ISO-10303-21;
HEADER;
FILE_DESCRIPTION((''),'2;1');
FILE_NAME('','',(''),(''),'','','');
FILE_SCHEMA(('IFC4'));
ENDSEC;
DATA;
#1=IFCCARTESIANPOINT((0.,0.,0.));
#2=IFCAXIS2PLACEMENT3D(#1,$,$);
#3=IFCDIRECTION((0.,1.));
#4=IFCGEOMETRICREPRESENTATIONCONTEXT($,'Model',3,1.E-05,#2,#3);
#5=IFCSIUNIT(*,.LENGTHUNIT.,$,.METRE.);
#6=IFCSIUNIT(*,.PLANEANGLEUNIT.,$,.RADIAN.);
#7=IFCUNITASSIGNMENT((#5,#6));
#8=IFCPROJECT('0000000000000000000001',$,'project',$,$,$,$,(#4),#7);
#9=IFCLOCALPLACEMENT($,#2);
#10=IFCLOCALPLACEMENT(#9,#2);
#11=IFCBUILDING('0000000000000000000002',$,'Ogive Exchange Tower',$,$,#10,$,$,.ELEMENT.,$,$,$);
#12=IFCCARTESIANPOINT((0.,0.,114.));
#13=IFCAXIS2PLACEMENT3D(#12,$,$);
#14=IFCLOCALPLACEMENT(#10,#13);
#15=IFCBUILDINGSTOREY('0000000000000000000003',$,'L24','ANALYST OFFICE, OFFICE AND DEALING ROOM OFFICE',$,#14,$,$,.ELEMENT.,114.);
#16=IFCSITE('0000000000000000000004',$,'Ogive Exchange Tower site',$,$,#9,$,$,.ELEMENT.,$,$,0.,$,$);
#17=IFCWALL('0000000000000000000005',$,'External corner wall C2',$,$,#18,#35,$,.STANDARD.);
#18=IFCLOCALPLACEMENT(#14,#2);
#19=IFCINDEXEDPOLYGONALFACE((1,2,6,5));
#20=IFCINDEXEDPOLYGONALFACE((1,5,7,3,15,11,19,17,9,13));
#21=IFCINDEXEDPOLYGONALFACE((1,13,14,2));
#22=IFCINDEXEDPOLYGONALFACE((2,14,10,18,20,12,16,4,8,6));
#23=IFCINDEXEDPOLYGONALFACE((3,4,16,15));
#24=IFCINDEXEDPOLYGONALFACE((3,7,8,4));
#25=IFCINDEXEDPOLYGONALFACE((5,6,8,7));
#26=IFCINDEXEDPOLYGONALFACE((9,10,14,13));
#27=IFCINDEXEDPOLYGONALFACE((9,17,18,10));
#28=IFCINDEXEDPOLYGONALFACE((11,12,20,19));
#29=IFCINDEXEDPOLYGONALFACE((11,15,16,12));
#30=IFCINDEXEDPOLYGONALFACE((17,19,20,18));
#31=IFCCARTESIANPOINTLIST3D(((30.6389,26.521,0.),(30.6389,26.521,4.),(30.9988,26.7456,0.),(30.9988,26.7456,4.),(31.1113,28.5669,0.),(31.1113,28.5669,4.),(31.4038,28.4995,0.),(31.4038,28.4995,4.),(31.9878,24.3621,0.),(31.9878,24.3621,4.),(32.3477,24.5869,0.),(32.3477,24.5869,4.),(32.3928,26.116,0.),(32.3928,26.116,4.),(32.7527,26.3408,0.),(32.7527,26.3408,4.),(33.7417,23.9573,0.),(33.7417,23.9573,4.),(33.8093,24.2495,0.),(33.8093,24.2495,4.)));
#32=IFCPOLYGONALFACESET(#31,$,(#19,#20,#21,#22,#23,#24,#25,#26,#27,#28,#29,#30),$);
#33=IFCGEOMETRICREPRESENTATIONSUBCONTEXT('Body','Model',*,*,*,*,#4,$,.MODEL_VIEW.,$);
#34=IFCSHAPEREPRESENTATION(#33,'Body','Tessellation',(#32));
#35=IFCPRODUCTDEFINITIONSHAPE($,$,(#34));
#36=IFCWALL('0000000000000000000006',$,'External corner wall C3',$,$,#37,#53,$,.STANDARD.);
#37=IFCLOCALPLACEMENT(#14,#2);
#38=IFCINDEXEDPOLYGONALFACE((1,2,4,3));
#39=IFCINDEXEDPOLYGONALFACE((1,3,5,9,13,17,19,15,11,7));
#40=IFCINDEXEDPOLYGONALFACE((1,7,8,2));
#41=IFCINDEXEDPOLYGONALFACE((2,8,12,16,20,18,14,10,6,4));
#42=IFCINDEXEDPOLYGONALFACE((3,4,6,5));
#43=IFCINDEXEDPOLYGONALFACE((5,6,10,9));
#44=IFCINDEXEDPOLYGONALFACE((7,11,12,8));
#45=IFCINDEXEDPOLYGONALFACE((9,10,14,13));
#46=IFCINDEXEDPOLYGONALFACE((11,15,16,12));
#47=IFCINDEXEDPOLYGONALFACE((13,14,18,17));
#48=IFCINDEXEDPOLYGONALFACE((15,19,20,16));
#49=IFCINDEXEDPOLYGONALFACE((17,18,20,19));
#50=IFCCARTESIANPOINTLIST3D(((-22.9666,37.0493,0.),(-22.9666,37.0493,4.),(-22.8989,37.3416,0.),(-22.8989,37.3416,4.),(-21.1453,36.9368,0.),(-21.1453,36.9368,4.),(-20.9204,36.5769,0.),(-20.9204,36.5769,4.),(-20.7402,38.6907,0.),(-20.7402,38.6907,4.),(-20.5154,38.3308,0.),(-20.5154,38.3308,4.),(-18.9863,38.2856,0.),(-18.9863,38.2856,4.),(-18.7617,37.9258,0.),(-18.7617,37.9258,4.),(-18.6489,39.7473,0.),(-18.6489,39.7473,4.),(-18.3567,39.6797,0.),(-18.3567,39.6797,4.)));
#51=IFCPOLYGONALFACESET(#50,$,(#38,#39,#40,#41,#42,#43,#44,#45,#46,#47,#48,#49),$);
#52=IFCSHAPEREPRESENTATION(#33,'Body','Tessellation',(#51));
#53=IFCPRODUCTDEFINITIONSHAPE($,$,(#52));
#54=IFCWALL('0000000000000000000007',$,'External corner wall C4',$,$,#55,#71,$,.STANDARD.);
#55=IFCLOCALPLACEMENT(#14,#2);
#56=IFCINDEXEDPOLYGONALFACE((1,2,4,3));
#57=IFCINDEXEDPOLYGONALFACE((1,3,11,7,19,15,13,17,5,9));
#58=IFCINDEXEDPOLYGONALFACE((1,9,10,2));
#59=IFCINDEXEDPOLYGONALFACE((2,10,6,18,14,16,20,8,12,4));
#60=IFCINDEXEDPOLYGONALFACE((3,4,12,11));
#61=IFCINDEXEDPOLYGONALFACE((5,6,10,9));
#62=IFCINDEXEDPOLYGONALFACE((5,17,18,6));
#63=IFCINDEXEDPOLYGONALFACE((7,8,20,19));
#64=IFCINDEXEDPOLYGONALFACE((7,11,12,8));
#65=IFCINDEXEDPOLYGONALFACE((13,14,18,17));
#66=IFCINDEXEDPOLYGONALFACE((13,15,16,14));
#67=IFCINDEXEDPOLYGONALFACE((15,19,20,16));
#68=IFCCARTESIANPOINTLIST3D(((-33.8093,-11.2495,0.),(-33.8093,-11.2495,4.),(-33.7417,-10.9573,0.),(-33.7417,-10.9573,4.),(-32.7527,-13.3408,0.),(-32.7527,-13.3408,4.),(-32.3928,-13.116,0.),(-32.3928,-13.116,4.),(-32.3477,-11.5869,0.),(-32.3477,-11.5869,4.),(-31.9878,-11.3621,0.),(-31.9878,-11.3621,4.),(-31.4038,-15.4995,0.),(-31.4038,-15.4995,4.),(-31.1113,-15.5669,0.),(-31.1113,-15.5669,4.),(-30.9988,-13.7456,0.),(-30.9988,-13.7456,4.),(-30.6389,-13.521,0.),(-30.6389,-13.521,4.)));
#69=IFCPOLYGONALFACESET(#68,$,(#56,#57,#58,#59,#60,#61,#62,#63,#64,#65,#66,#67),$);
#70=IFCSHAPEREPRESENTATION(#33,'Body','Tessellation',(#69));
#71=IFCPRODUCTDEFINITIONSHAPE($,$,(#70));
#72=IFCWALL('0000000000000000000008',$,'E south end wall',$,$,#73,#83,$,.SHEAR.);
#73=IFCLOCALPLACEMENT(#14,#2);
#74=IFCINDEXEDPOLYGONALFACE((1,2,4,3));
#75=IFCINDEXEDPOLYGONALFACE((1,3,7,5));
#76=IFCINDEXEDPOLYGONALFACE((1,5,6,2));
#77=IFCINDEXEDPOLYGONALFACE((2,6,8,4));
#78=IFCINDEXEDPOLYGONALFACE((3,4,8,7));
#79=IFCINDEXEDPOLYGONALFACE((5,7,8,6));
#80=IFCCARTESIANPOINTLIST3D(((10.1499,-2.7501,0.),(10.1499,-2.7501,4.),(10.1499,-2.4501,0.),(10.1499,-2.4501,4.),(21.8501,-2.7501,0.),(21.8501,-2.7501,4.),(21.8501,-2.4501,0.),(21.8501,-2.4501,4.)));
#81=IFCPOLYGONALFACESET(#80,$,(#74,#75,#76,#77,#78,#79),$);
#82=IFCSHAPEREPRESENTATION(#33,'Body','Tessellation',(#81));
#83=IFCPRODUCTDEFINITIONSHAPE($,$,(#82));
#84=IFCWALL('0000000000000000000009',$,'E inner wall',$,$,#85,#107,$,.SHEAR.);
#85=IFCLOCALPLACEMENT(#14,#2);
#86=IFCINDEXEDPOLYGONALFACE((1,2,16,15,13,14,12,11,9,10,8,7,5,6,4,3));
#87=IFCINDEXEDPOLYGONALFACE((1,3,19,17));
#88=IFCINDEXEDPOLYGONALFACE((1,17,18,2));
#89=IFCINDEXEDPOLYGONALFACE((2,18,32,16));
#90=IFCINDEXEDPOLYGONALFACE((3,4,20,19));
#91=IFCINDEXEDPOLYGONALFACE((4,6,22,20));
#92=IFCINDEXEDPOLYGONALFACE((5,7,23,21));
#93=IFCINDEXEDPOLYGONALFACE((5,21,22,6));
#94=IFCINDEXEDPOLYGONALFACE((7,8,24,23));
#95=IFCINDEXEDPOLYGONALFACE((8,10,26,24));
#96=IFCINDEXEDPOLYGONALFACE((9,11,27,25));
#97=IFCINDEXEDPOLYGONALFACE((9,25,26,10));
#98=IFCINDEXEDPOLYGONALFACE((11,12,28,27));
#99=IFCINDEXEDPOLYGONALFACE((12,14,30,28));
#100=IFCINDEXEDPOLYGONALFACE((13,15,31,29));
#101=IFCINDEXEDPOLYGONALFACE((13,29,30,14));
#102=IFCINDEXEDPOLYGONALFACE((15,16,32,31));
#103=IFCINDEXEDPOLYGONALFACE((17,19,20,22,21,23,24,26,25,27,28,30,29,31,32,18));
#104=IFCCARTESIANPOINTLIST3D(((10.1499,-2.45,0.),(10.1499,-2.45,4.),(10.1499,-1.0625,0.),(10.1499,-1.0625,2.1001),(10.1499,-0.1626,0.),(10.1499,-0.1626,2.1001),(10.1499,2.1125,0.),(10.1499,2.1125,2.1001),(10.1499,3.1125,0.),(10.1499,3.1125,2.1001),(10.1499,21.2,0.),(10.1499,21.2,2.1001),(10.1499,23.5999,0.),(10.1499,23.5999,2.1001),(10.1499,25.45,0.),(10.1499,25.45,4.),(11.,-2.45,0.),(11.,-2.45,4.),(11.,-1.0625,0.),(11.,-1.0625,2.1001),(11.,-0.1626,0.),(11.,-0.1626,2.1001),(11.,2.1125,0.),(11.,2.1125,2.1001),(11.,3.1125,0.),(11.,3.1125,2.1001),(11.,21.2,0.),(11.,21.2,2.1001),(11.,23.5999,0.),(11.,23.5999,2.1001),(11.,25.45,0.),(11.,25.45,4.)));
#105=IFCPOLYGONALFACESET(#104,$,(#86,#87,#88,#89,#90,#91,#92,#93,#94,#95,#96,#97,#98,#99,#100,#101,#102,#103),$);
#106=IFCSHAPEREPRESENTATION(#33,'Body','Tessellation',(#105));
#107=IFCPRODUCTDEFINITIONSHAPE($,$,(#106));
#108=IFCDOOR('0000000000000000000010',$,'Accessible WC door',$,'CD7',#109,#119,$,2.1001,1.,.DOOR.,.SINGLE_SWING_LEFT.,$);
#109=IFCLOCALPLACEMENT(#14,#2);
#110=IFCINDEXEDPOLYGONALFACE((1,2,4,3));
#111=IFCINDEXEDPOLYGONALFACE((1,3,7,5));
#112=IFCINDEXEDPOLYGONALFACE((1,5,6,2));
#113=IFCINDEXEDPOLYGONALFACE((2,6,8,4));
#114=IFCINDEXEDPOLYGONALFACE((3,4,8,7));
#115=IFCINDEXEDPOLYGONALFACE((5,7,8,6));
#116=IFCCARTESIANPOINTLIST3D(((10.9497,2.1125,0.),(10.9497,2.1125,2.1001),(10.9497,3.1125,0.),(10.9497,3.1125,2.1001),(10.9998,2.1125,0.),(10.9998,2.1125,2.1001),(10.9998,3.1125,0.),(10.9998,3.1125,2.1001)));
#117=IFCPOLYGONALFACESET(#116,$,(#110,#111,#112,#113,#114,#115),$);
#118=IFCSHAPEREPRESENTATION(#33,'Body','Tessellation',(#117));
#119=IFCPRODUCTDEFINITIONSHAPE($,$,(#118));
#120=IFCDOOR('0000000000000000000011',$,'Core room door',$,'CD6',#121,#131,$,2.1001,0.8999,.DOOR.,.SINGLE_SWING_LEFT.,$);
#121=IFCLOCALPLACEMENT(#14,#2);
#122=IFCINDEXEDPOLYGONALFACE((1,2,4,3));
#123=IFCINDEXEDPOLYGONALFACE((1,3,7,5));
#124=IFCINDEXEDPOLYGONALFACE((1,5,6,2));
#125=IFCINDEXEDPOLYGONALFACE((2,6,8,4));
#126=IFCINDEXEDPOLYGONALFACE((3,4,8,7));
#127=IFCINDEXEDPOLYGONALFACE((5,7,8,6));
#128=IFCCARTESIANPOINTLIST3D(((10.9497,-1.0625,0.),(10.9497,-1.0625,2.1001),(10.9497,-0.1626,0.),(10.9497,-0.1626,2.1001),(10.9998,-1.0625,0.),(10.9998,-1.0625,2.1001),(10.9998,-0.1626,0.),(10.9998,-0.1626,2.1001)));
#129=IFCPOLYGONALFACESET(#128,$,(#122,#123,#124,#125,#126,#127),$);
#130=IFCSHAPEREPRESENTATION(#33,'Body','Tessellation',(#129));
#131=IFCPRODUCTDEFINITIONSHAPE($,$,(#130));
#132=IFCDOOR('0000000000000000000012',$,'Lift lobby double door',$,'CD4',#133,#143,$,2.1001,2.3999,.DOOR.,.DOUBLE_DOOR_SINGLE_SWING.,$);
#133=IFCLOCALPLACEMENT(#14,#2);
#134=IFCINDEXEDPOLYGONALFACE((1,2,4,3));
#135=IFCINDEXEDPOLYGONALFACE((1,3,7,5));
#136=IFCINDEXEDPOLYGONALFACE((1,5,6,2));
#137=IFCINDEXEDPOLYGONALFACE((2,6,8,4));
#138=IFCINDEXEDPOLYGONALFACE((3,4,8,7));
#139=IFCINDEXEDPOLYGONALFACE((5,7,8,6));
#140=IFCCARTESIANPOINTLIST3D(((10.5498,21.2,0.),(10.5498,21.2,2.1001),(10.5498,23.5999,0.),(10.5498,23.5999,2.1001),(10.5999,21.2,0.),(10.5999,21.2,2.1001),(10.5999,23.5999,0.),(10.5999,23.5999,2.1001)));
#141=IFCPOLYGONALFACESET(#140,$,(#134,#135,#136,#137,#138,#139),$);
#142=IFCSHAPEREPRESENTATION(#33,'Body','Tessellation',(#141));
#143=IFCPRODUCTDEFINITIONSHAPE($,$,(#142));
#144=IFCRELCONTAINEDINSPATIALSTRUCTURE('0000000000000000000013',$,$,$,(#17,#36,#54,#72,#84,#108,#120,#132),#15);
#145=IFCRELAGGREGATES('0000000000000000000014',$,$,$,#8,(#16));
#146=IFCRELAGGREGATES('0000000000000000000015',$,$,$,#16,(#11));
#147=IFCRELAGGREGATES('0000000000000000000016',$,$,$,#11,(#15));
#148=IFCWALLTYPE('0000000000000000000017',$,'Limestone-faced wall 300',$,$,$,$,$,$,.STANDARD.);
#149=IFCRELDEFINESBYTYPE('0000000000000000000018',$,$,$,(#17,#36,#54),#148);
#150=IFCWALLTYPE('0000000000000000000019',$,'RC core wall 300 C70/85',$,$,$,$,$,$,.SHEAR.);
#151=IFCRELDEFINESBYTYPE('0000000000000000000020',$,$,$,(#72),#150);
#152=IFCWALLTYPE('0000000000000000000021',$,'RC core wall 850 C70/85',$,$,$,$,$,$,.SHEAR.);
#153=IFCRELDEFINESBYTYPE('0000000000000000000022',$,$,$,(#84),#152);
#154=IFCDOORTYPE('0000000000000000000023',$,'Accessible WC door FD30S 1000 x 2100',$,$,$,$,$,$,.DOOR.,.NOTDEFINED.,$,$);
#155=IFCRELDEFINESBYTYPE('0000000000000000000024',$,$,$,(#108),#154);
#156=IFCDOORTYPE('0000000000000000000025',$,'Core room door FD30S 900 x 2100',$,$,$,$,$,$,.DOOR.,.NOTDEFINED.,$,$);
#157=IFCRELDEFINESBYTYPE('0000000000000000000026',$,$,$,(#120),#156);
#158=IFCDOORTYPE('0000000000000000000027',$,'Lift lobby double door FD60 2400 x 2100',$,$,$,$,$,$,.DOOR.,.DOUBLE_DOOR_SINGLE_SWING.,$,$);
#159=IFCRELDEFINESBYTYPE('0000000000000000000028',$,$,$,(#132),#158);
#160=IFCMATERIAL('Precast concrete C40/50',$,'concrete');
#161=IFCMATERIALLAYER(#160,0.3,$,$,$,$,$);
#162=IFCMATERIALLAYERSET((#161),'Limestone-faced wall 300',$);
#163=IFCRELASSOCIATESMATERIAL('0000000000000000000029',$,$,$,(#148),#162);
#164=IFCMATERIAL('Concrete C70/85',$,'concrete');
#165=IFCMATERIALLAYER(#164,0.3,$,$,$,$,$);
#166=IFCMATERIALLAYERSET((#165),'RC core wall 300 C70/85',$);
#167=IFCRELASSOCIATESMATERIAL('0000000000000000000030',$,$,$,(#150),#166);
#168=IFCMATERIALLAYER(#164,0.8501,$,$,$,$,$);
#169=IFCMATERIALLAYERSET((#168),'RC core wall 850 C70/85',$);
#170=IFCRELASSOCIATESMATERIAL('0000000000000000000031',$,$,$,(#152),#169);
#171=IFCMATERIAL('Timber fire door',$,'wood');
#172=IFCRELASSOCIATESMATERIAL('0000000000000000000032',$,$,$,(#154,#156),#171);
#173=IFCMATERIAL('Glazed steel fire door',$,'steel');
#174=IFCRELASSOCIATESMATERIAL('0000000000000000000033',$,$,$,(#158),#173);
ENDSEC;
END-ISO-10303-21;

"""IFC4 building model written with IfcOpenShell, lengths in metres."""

from ifc_helpers import new_model, si_unit, direction, frame, frame_2d, origin, place, context, subcontext, project, spatial, polyline, rectangle, outline, extrude, material, layer, layer_set, type_object, element, fill, save


model = new_model("IFC4")

# Units and contexts
model_context = context("Model", 3, precision=1e-05, world=origin(), true_north=direction((0.0, 1.0)))
body_context = subcontext(model_context, "Body", "Model", "MODEL_VIEW")
ifc_project = project(units=[si_unit("LENGTHUNIT", "METRE"), si_unit("PLANEANGLEUNIT", "RADIAN")], contexts=[model_context])

# Site, building, storey
site_placement = place(None, origin())
site = spatial("IfcSite", under=ifc_project, at=site_placement, Name="Ogive Exchange Tower site", CompositionType="ELEMENT", RefElevation=0.0)
building_placement = place(site_placement, origin())
building = spatial("IfcBuilding", under=site, at=building_placement, Name="Ogive Exchange Tower", CompositionType="ELEMENT")
storey_placement = place(building_placement, frame((0.0, 0.0, 114.0)))
storey = spatial("IfcBuildingStorey", under=building, at=storey_placement, Name="L24", Description="ANALYST OFFICE, OFFICE AND DEALING ROOM OFFICE", CompositionType="ELEMENT", Elevation=114.0)

# Shared definitions
ifc_material_1 = material(Name="Concrete C70/85", Category="concrete")

# Walls
ifc_material_2 = material(Name="Precast concrete C40/50", Category="concrete")
ifc_layer_1 = layer(ifc_material_2, 0.3)
ifc_layer_set_1 = layer_set([ifc_layer_1], Name="Limestone-faced wall 300")
wall_type_1 = type_object("IfcWallType", Name="Limestone-faced wall 300", PredefinedType="STANDARD", material=ifc_layer_set_1)
wall_1_placement = place(storey_placement, origin())
element("IfcWall", 1, at=wall_1_placement, inside=storey, type_object=wall_type_1, Name="External corner wall C2", PredefinedType="STANDARD", context=body_context, shape_type="SweptSolid", body=[
    extrude(outline(polyline([(32.3928, 26.116), (30.6389, 26.521), (31.1113, 28.5669), (31.4038, 28.4995), (30.9988, 26.7456), (32.7527, 26.3408), (32.3477, 24.5869), (33.8093, 24.2495), (33.7417, 23.9573), (31.9878, 24.3621), (32.3928, 26.116)])), origin(), (0.0, 0.0, 1.0), 4.0),
])
wall_2_placement = place(storey_placement, origin())
element("IfcWall", 2, at=wall_2_placement, inside=storey, type_object=wall_type_1, Name="External corner wall C3", PredefinedType="STANDARD", context=body_context, shape_type="SweptSolid", body=[
    extrude(outline(polyline([(-22.9666, 37.0493), (-22.8989, 37.3416), (-21.1453, 36.9368), (-20.7402, 38.6907), (-18.9863, 38.2856), (-18.6489, 39.7473), (-18.3567, 39.6797), (-18.7617, 37.9258), (-20.5154, 38.3308), (-20.9204, 36.5769), (-22.9666, 37.0493)])), origin(), (0.0, 0.0, 1.0), 4.0),
])
wall_3_placement = place(storey_placement, origin())
element("IfcWall", 3, at=wall_3_placement, inside=storey, type_object=wall_type_1, Name="External corner wall C4", PredefinedType="STANDARD", context=body_context, shape_type="SweptSolid", body=[
    extrude(outline(polyline([(-32.3928, -13.116), (-30.6389, -13.521), (-31.1113, -15.5669), (-31.4038, -15.4995), (-30.9988, -13.7456), (-32.7527, -13.3408), (-32.3477, -11.5869), (-33.8093, -11.2495), (-33.7417, -10.9573), (-31.9878, -11.3621), (-32.3928, -13.116)])), origin(), (0.0, 0.0, 1.0), 4.0),
])
ifc_layer_2 = layer(ifc_material_1, 0.3)
ifc_layer_set_2 = layer_set([ifc_layer_2], Name="RC core wall 300 C70/85")
wall_type_2 = type_object("IfcWallType", Name="RC core wall 300 C70/85", PredefinedType="SHEAR", material=ifc_layer_set_2)
wall_4_placement = place(storey_placement, frame((10.1499, -2.6001, 0.0), z_axis=(0.0, 0.0, 1.0), x_axis=(1.0, 0.0, 0.0)))
element("IfcWall", 4, at=wall_4_placement, inside=storey, type_object=wall_type_2, Name="E south end wall", PredefinedType="SHEAR", context=body_context, shape_type="SweptSolid", body=[
    extrude(rectangle(XDim=11.7002, YDim=0.3, at=frame_2d((5.8501, 0.0))), origin(), (0.0, 0.0, 1.0), 4.0),
])

# Wall, openings, doors
ifc_layer_3 = layer(ifc_material_1, 0.8501)
ifc_layer_set_3 = layer_set([ifc_layer_3], Name="RC core wall 850 C70/85")
wall_type_3 = type_object("IfcWallType", Name="RC core wall 850 C70/85", PredefinedType="SHEAR", material=ifc_layer_set_3)
wall_5_placement = place(storey_placement, frame((10.575, -2.45, 0.0), z_axis=(0.0, 0.0, 1.0), x_axis=(0.0, 1.0, 0.0)))
wall_5 = element("IfcWall", 5, at=wall_5_placement, inside=storey, type_object=wall_type_3, Name="E inner wall", PredefinedType="SHEAR", context=body_context, shape_type="SweptSolid", body=[
    extrude(rectangle(XDim=27.8999, YDim=0.8501, at=frame_2d((13.95, 0.0))), origin(), (0.0, 0.0, 1.0), 4.0),
])
opening_1_placement = place(wall_5_placement, frame((23.6499, 0.0, 0.0)))
opening_1 = element("IfcOpeningElement", 6, at=opening_1_placement, cuts=wall_5, PredefinedType="OPENING", context=body_context, shape_type="SweptSolid", body=[
    extrude(rectangle(XDim=2.3999, YDim=2.1001, at=frame_2d((1.2, 1.05))), frame((0.0, 0.4351, 0.0), z_axis=(0.0, -1.0, 0.0), x_axis=(1.0, 0.0, 0.0)), (0.0, 0.0, 1.0), 0.8701),
])
opening_2_placement = place(wall_5_placement, frame((1.3875, 0.0, 0.0)))
opening_2 = element("IfcOpeningElement", 7, at=opening_2_placement, cuts=wall_5, PredefinedType="OPENING", context=body_context, shape_type="SweptSolid", body=[
    extrude(rectangle(XDim=0.8999, YDim=2.1001, at=frame_2d((0.45, 1.05))), frame((0.0, 0.4351, 0.0), z_axis=(0.0, -1.0, 0.0), x_axis=(1.0, 0.0, 0.0)), (0.0, 0.0, 1.0), 0.8701),
])
opening_3_placement = place(wall_5_placement, frame((4.5625, 0.0, 0.0)))
opening_3 = element("IfcOpeningElement", 8, at=opening_3_placement, cuts=wall_5, PredefinedType="OPENING", context=body_context, shape_type="SweptSolid", body=[
    extrude(rectangle(XDim=1.0, YDim=2.1001, at=frame_2d((0.5, 1.05))), frame((0.0, 0.4351, 0.0), z_axis=(0.0, -1.0, 0.0), x_axis=(1.0, 0.0, 0.0)), (0.0, 0.0, 1.0), 0.8701),
])
ifc_material_3 = material(Name="Timber fire door", Category="wood")
door_type_1 = type_object("IfcDoorType", Name="Accessible WC door FD30S 1000 x 2100", OperationType="NOTDEFINED", PredefinedType="DOOR", material=ifc_material_3)
door_1_placement = place(opening_3_placement, frame((1.0, -0.7998, 0.0), z_axis=(0.0, 0.0, 1.0), x_axis=(-1.0, 0.0, 0.0)))
door_1 = element("IfcDoor", 9, at=door_1_placement, inside=storey, type_object=door_type_1, Name="Accessible WC door", ObjectType="CD7", OperationType="SINGLE_SWING_LEFT", OverallHeight=2.1001, OverallWidth=1.0, PredefinedType="DOOR", context=body_context, shape_type="SweptSolid", body=[
    extrude(rectangle(XDim=1.0, YDim=2.1001, at=frame_2d((0.5, 1.05))), frame((0.0, -0.375, 0.0), z_axis=(0.0, -1.0, 0.0), x_axis=(1.0, 0.0, 0.0)), (0.0, 0.0, 1.0), 0.05),
])
fill(opening_3, door_1)
door_type_2 = type_object("IfcDoorType", Name="Core room door FD30S 900 x 2100", OperationType="NOTDEFINED", PredefinedType="DOOR", material=ifc_material_3)
door_2_placement = place(opening_2_placement, frame((0.8999, -0.7998, 0.0), z_axis=(0.0, 0.0, 1.0), x_axis=(-1.0, 0.0, 0.0)))
door_2 = element("IfcDoor", 10, at=door_2_placement, inside=storey, type_object=door_type_2, Name="Core room door", ObjectType="CD6", OperationType="SINGLE_SWING_LEFT", OverallHeight=2.1001, OverallWidth=0.8999, PredefinedType="DOOR", context=body_context, shape_type="SweptSolid", body=[
    extrude(rectangle(XDim=0.8999, YDim=2.1001, at=frame_2d((0.45, 1.05))), frame((0.0, -0.375, 0.0), z_axis=(0.0, -1.0, 0.0), x_axis=(1.0, 0.0, 0.0)), (0.0, 0.0, 1.0), 0.05),
])
fill(opening_2, door_2)
ifc_material_4 = material(Name="Glazed steel fire door", Category="steel")
door_type_3 = type_object("IfcDoorType", Name="Lift lobby double door FD60 2400 x 2100", OperationType="DOUBLE_DOOR_SINGLE_SWING", PredefinedType="DOOR", material=ifc_material_4)
door_3_placement = place(opening_1_placement, frame((2.3999, 0.0, 0.0), z_axis=(0.0, 0.0, 1.0), x_axis=(-1.0, 0.0, 0.0)))
door_3 = element("IfcDoor", 11, at=door_3_placement, inside=storey, type_object=door_type_3, Name="Lift lobby double door", ObjectType="CD4", OperationType="DOUBLE_DOOR_SINGLE_SWING", OverallHeight=2.1001, OverallWidth=2.3999, PredefinedType="DOOR", context=body_context, shape_type="SweptSolid", body=[
    extrude(rectangle(XDim=2.3999, YDim=2.1001, at=frame_2d((1.2, 1.05))), frame((0.0, 0.0249, 0.0), z_axis=(0.0, -1.0, 0.0), x_axis=(1.0, 0.0, 0.0)), (0.0, 0.0, 1.0), 0.05),
])
fill(opening_1, door_3)

save(model, "model.ifc")
